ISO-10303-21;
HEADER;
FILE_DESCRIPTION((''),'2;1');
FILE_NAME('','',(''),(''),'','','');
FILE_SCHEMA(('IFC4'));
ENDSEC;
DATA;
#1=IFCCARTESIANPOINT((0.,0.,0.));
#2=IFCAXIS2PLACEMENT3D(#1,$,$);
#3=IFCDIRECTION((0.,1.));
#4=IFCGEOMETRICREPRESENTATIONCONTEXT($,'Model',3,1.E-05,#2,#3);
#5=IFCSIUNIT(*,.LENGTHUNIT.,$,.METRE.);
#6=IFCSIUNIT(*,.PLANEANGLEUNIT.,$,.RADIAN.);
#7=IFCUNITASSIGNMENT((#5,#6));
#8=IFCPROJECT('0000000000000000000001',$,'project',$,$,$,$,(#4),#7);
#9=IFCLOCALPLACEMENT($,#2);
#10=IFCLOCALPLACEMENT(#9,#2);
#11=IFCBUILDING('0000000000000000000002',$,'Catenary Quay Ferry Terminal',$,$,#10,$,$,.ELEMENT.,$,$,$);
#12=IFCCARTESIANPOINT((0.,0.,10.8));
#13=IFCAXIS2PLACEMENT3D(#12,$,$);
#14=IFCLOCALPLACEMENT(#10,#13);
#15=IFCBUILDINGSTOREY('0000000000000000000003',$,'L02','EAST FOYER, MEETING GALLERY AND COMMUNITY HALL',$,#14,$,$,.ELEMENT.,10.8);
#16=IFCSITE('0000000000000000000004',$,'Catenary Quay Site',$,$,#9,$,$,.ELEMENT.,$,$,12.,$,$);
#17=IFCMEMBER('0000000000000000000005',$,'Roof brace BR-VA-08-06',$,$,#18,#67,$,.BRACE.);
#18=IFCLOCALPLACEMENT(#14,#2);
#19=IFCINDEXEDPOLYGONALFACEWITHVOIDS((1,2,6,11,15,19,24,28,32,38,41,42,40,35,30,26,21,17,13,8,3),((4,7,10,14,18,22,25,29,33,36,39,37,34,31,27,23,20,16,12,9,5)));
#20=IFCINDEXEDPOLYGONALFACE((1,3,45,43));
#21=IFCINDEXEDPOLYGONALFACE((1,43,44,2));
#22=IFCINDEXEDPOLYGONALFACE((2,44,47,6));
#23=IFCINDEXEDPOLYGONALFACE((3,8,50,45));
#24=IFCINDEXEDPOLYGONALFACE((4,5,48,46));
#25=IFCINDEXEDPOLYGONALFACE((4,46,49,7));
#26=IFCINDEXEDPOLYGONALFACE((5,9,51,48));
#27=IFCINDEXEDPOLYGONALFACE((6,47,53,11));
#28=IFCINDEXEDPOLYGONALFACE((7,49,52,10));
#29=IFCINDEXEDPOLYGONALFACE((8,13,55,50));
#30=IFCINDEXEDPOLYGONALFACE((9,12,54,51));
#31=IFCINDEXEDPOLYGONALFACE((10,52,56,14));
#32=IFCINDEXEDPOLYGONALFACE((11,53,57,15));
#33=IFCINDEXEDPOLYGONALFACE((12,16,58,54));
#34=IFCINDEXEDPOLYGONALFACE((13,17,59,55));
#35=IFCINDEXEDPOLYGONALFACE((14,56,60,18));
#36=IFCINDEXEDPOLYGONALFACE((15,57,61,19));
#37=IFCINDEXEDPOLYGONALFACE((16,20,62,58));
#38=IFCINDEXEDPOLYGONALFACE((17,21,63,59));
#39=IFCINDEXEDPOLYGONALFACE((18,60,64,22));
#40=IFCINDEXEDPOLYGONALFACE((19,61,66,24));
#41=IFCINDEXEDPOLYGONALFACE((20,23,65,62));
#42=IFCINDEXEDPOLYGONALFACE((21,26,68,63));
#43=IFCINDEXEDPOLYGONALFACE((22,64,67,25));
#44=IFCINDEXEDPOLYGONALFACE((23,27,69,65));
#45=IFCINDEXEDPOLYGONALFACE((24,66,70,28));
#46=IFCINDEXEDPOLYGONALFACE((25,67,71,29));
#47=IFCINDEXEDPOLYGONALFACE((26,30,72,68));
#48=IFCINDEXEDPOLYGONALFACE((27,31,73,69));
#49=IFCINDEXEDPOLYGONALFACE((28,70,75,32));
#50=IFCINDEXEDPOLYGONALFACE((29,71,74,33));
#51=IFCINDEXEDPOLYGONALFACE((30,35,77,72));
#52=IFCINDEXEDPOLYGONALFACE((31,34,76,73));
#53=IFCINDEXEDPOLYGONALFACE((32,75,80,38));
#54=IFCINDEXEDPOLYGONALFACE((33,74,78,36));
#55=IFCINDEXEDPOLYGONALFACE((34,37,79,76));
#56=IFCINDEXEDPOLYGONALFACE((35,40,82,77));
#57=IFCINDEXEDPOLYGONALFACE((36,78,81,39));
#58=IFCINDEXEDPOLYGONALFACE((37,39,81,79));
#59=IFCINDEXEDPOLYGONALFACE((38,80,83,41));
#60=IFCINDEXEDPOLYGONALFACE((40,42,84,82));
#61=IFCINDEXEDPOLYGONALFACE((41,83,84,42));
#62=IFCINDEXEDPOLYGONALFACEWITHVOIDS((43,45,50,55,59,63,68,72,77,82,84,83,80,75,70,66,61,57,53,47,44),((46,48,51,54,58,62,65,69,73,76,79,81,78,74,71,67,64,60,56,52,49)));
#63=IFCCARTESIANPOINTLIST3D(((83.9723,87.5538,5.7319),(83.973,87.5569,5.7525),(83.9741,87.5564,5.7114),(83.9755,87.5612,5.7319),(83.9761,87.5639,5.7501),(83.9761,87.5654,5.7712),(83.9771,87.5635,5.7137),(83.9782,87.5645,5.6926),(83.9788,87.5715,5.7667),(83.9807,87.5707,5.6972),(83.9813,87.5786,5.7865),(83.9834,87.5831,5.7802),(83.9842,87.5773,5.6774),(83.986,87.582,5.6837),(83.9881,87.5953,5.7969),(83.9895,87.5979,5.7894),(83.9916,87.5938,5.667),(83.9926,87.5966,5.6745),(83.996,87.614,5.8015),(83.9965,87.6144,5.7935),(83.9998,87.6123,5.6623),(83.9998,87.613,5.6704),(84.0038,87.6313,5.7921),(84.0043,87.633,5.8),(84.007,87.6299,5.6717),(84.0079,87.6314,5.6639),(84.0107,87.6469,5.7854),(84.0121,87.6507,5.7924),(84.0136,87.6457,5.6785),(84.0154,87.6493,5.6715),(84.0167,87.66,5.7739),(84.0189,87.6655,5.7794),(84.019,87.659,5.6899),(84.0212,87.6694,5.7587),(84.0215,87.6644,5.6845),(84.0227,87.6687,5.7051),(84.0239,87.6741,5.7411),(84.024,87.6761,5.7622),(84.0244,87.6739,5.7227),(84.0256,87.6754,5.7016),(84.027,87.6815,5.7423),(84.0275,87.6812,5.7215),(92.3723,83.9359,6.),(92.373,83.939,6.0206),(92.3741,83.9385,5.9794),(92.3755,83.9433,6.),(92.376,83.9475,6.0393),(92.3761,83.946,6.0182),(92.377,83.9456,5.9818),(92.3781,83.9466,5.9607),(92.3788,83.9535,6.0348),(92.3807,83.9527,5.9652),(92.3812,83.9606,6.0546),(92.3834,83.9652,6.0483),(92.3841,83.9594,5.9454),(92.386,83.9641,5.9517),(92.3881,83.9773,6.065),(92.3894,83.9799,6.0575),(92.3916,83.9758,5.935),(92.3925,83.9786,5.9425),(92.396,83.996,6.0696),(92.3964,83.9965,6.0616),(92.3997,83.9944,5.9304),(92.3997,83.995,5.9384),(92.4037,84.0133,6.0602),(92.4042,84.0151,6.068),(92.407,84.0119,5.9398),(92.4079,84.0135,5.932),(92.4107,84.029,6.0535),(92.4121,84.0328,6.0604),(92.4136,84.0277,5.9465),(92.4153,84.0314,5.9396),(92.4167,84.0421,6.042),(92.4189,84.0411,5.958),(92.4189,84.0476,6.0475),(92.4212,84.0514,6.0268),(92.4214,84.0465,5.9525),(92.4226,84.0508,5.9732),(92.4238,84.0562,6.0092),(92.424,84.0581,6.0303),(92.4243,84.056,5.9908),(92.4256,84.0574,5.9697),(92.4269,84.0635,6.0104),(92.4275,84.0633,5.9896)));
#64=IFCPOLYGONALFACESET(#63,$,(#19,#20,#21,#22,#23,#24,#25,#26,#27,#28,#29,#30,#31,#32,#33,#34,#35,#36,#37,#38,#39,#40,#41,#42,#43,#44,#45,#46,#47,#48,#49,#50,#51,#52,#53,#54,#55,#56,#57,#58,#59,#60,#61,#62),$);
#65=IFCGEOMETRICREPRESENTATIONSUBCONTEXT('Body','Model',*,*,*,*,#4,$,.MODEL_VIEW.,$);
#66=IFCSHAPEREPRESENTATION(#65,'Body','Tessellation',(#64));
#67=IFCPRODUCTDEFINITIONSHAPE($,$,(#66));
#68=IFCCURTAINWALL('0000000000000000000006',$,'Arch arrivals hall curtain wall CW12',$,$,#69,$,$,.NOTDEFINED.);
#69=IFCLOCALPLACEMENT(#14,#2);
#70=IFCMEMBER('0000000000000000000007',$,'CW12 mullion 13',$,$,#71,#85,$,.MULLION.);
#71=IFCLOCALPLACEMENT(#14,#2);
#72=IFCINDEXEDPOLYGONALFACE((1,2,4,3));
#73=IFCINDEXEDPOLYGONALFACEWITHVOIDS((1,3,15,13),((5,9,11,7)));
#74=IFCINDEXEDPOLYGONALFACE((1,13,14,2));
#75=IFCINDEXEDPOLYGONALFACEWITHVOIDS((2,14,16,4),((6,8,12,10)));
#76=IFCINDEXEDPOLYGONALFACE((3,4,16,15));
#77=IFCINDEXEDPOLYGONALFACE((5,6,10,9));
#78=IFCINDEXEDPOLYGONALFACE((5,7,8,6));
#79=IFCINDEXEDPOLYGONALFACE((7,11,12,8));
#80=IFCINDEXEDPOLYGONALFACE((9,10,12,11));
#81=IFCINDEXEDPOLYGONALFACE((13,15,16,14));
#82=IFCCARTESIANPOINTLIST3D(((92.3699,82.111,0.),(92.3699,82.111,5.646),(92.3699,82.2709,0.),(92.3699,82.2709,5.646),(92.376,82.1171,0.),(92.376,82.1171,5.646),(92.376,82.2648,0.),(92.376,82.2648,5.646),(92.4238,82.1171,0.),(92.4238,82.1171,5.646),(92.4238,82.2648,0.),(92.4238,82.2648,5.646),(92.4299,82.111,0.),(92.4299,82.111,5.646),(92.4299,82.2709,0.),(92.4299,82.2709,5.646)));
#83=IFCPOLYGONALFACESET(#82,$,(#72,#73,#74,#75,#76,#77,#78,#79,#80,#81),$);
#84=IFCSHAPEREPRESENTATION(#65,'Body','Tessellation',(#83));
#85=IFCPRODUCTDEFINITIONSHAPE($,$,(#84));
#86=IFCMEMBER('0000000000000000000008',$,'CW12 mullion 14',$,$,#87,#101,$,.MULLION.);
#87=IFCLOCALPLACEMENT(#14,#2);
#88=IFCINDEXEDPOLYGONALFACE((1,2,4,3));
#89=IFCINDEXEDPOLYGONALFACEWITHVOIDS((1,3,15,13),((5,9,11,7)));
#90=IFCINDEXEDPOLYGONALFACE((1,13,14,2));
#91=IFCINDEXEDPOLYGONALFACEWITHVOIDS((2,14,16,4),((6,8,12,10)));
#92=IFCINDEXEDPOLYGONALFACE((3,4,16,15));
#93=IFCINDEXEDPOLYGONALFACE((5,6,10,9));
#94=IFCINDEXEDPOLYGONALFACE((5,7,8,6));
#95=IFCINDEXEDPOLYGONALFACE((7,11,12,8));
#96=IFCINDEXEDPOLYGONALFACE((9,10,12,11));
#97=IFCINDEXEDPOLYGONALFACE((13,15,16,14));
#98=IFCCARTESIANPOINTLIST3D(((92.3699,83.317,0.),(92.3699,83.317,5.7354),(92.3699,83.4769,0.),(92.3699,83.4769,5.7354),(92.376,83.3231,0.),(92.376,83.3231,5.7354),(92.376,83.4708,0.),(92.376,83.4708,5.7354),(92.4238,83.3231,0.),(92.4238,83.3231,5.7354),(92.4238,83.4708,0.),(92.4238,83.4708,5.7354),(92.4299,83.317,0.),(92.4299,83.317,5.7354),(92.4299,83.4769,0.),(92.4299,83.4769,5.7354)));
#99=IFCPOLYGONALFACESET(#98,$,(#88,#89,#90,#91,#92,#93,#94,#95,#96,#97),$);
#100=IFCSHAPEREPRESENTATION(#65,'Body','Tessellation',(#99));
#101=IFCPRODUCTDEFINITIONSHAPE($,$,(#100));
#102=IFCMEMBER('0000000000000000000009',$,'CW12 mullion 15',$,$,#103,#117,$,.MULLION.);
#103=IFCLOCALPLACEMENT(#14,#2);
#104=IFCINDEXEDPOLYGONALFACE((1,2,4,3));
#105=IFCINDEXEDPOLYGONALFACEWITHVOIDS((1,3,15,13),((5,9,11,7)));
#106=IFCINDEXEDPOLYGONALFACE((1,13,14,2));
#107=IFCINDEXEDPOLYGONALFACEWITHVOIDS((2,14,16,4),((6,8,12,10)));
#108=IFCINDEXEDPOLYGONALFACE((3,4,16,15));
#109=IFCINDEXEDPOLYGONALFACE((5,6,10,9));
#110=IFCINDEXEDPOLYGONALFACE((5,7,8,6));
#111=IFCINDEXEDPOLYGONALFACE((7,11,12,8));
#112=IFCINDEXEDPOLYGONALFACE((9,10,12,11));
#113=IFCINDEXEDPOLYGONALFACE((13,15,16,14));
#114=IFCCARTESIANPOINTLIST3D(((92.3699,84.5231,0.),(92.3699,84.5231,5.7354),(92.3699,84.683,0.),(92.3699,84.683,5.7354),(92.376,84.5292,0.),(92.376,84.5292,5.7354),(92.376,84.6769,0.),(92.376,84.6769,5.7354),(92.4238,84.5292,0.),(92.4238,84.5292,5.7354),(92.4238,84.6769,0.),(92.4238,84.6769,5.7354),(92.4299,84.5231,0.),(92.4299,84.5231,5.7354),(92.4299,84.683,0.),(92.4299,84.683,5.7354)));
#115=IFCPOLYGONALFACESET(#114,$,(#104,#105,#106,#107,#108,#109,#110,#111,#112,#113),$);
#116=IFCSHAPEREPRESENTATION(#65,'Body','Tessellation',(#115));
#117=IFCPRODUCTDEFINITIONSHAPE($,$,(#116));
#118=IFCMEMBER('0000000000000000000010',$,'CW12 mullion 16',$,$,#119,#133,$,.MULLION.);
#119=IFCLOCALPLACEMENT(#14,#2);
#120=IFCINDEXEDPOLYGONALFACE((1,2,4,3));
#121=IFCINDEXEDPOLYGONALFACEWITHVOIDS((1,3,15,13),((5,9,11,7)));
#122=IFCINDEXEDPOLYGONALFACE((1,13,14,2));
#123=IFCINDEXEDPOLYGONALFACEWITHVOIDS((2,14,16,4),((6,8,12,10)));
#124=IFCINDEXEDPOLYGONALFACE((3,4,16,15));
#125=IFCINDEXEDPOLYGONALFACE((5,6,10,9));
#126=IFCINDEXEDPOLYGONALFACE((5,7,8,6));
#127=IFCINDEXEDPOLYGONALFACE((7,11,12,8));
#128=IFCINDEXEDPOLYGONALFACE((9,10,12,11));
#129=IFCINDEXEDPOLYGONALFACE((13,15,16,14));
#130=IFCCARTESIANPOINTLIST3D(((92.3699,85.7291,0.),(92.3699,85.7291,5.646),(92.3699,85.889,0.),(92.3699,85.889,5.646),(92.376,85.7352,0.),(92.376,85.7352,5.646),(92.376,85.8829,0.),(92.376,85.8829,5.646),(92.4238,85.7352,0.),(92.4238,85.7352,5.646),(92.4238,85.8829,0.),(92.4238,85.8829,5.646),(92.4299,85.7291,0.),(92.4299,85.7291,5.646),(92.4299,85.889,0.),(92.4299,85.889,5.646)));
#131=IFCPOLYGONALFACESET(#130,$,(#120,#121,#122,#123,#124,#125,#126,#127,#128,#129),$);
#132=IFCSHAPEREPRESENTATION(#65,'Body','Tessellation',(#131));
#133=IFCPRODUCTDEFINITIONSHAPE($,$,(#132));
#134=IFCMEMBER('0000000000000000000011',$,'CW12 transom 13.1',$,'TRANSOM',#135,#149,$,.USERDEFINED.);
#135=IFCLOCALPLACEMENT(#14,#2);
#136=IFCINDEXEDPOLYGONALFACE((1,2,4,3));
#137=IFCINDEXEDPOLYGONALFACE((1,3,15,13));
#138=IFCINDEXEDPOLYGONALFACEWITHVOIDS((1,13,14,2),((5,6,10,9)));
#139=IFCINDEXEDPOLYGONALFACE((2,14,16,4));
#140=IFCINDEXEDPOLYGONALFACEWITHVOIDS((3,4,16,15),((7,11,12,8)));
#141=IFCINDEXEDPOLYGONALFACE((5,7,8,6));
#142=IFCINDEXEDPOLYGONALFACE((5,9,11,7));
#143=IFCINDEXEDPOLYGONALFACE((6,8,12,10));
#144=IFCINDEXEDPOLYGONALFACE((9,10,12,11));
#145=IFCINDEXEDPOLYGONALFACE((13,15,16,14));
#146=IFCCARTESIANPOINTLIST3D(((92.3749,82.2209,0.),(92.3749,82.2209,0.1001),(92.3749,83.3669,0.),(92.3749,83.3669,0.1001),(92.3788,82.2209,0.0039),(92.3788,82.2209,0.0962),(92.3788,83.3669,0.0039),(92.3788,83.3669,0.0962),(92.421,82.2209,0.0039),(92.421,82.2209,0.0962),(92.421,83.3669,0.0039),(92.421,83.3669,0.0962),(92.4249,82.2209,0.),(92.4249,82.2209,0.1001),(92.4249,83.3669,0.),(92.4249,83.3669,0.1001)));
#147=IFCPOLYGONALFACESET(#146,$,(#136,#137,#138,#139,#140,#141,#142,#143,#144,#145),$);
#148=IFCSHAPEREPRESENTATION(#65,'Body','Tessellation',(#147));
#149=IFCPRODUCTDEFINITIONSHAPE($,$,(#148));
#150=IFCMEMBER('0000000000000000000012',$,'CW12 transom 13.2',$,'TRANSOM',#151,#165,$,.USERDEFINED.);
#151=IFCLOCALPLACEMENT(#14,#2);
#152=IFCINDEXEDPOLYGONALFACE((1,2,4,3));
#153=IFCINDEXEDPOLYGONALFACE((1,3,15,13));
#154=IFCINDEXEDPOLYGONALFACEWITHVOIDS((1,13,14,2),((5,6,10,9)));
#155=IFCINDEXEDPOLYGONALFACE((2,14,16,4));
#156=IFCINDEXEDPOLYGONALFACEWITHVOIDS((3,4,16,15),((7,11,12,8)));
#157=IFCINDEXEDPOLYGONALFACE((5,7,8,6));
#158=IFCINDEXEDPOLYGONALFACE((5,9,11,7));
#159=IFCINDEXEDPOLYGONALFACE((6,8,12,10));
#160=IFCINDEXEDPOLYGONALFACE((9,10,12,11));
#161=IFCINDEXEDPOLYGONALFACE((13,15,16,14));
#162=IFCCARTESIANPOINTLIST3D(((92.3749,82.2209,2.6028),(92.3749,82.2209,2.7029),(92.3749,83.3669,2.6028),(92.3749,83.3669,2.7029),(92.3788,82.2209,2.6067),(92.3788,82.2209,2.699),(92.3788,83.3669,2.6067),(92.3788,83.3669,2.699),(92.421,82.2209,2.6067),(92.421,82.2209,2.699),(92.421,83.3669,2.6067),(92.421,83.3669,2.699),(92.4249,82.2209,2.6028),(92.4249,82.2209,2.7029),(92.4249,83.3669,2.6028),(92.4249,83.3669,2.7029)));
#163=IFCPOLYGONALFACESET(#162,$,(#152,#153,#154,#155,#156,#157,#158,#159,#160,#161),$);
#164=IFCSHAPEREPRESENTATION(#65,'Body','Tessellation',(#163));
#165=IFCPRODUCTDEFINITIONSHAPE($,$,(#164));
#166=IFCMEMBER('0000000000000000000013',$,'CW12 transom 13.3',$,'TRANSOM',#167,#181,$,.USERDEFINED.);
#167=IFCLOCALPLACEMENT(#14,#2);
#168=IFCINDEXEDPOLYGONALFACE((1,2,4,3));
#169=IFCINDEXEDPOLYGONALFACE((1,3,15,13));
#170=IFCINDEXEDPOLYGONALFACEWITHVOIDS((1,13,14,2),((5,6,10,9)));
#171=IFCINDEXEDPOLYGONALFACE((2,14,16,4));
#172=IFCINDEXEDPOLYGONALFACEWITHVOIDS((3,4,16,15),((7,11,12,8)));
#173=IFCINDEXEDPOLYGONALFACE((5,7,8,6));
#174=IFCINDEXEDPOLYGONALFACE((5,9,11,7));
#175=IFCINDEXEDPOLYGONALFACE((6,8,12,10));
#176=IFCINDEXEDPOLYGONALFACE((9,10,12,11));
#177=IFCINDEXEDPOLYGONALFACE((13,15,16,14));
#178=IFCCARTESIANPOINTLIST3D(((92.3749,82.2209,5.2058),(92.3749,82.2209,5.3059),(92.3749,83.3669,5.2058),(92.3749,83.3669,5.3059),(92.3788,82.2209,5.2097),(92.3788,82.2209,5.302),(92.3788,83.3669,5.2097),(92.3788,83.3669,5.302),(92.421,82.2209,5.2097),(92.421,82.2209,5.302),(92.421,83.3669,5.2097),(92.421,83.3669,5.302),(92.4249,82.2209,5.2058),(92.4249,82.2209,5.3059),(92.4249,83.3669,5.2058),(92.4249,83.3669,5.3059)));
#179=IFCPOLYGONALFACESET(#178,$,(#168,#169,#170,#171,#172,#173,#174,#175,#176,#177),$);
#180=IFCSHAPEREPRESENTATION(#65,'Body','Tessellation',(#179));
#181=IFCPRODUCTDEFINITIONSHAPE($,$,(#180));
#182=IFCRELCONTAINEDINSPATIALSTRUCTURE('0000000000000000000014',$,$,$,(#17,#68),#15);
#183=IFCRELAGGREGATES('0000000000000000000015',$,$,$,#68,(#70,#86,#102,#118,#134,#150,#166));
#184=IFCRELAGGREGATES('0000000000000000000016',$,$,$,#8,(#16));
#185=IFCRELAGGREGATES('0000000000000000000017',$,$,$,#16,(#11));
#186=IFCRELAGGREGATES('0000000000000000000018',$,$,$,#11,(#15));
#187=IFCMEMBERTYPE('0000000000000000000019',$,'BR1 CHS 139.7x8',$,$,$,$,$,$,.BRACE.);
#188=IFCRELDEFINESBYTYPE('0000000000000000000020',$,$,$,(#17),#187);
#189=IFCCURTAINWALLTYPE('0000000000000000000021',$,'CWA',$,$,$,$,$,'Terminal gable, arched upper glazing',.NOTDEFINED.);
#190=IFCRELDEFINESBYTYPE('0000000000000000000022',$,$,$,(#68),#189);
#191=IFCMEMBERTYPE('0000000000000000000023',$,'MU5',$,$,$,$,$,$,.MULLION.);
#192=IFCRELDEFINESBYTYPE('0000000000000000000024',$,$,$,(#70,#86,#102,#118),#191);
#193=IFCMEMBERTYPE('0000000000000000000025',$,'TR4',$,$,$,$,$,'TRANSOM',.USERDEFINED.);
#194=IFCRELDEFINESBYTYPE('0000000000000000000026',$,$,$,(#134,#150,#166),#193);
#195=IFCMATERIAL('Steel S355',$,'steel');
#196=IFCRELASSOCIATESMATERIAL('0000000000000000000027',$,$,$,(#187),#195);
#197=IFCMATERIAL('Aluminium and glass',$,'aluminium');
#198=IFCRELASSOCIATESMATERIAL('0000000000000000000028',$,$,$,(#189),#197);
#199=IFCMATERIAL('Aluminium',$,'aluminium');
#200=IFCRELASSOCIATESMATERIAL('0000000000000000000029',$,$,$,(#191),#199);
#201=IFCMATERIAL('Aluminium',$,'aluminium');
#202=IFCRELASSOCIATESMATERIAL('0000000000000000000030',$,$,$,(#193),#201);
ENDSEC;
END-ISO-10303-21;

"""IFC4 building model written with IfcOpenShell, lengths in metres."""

from ifc_helpers import new_model, si_unit, direction, frame, origin, origin_2d, place, context, subcontext, project, spatial, hollow_rectangle, hollow_circle, extrude, material, material_profile, profile_set, type_object, element, aggregate, save


model = new_model("IFC4")

# Units and contexts
model_context = context("Model", 3, precision=1e-05, world=origin(), true_north=direction((0.0, 1.0)))
body_context = subcontext(model_context, "Body", "Model", "MODEL_VIEW")
ifc_project = project(units=[si_unit("LENGTHUNIT", "METRE"), si_unit("PLANEANGLEUNIT", "RADIAN")], contexts=[model_context])

# Site, building, storey
site_placement = place(None, origin())
site = spatial("IfcSite", under=ifc_project, at=site_placement, Name="Catenary Quay Site", CompositionType="ELEMENT", RefElevation=12.0)
building_placement = place(site_placement, origin())
building = spatial("IfcBuilding", under=site, at=building_placement, Name="Catenary Quay Ferry Terminal", CompositionType="ELEMENT")
storey_placement = place(building_placement, frame((0.0, 0.0, 10.8)))
storey = spatial("IfcBuildingStorey", under=building, at=storey_placement, Name="L02", Description="EAST FOYER, MEETING GALLERY AND COMMUNITY HALL", CompositionType="ELEMENT", Elevation=10.8)

# Member
ifc_material_1 = material(Name="Steel S355", Category="steel")
ifc_material_profile_1 = material_profile(ifc_material_1, hollow_circle(Radius=0.0698, WallThickness=0.0081, at=origin_2d()), Name="CHS 139.7x8")
ifc_profile_set_1 = profile_set([ifc_material_profile_1], Name="Steel S355")
member_type_1 = type_object("IfcMemberType", Name="BR1 CHS 139.7x8", PredefinedType="BRACE", material=ifc_profile_set_1)
member_1_placement = place(storey_placement, frame((92.3999, 84.0, 6.0), z_axis=(-0.918038, 0.395408, -0.029297), x_axis=(-0.395578, -0.918432, 0.0)))
element("IfcMember", 1, at=member_1_placement, inside=storey, type_object=member_type_1, Name="Roof brace BR-VA-08-06", PredefinedType="BRACE", context=body_context, shape_type="SweptSolid", body=[
    extrude(hollow_circle(Radius=0.0698, WallThickness=0.0081, at=origin_2d()), origin(), (0.0, 0.0, 1.0), 9.1499),
])

# Curtain wall, members
ifc_material_2 = material(Name="Aluminium and glass", Category="aluminium")
curtain_wall_type = type_object("IfcCurtainWallType", Name="CWA", ElementType="Terminal gable, arched upper glazing", PredefinedType="NOTDEFINED", material=ifc_material_2)
curtain_wall_placement = place(storey_placement, origin())
curtain_wall = element("IfcCurtainWall", 2, at=curtain_wall_placement, inside=storey, type_object=curtain_wall_type, Name="Arch arrivals hall curtain wall CW12", PredefinedType="NOTDEFINED")
ifc_material_3 = material(Name="Aluminium", Category="aluminium")
ifc_material_profile_2 = material_profile(ifc_material_3, hollow_rectangle(XDim=0.0601, YDim=0.1599, WallThickness=0.0061, at=origin_2d()), Name="MU5")
ifc_profile_set_2 = profile_set([ifc_material_profile_2], Name="Aluminium")
member_type_2 = type_object("IfcMemberType", Name="MU5", PredefinedType="MULLION", material=ifc_profile_set_2)
member_2_placement = place(storey_placement, frame((92.3999, 82.1909, 0.0), z_axis=(0.0, 0.0, 1.0), x_axis=(-1.0, 0.0, 0.0)))
member_2 = element("IfcMember", 3, at=member_2_placement, type_object=member_type_2, Name="CW12 mullion 13", PredefinedType="MULLION", context=body_context, shape_type="SweptSolid", body=[
    extrude(hollow_rectangle(XDim=0.0601, YDim=0.1599, WallThickness=0.0061, at=origin_2d()), origin(), (0.0, 0.0, 1.0), 5.646),
])
member_3_placement = place(storey_placement, frame((92.3999, 83.397, 0.0), z_axis=(0.0, 0.0, 1.0), x_axis=(-1.0, 0.0, 0.0)))
member_3 = element("IfcMember", 4, at=member_3_placement, type_object=member_type_2, Name="CW12 mullion 14", PredefinedType="MULLION", context=body_context, shape_type="SweptSolid", body=[
    extrude(hollow_rectangle(XDim=0.0601, YDim=0.1599, WallThickness=0.0061, at=origin_2d()), origin(), (0.0, 0.0, 1.0), 5.7354),
])
member_4_placement = place(storey_placement, frame((92.3999, 84.603, 0.0), z_axis=(0.0, 0.0, 1.0), x_axis=(-1.0, 0.0, 0.0)))
member_4 = element("IfcMember", 5, at=member_4_placement, type_object=member_type_2, Name="CW12 mullion 15", PredefinedType="MULLION", context=body_context, shape_type="SweptSolid", body=[
    extrude(hollow_rectangle(XDim=0.0601, YDim=0.1599, WallThickness=0.0061, at=origin_2d()), origin(), (0.0, 0.0, 1.0), 5.7354),
])
member_5_placement = place(storey_placement, frame((92.3999, 85.8091, 0.0), z_axis=(0.0, 0.0, 1.0), x_axis=(-1.0, 0.0, 0.0)))
member_5 = element("IfcMember", 6, at=member_5_placement, type_object=member_type_2, Name="CW12 mullion 16", PredefinedType="MULLION", context=body_context, shape_type="SweptSolid", body=[
    extrude(hollow_rectangle(XDim=0.0601, YDim=0.1599, WallThickness=0.0061, at=origin_2d()), origin(), (0.0, 0.0, 1.0), 5.646),
])
ifc_material_4 = material(Name="Aluminium", Category="aluminium")
ifc_material_profile_3 = material_profile(ifc_material_4, hollow_rectangle(XDim=0.05, YDim=0.1001, WallThickness=0.0039, at=origin_2d()), Name="TR4")
ifc_profile_set_3 = profile_set([ifc_material_profile_3], Name="Aluminium")
member_type_3 = type_object("IfcMemberType", Name="TR4", ElementType="TRANSOM", PredefinedType="USERDEFINED", material=ifc_profile_set_3)
member_6_placement = place(storey_placement, frame((92.3999, 82.2209, 0.05), z_axis=(0.0, 1.0, 0.0), x_axis=(-1.0, 0.0, 0.0)))
member_6 = element("IfcMember", 7, at=member_6_placement, type_object=member_type_3, Name="CW12 transom 13.1", ObjectType="TRANSOM", PredefinedType="USERDEFINED", context=body_context, shape_type="SweptSolid", body=[
    extrude(hollow_rectangle(XDim=0.05, YDim=0.1001, WallThickness=0.0039, at=origin_2d()), origin(), (0.0, 0.0, 1.0), 1.146),
])
member_7_placement = place(storey_placement, frame((92.3999, 82.2209, 2.6528), z_axis=(0.0, 1.0, 0.0), x_axis=(-1.0, 0.0, 0.0)))
member_7 = element("IfcMember", 8, at=member_7_placement, type_object=member_type_3, Name="CW12 transom 13.2", ObjectType="TRANSOM", PredefinedType="USERDEFINED", context=body_context, shape_type="SweptSolid", body=[
    extrude(hollow_rectangle(XDim=0.05, YDim=0.1001, WallThickness=0.0039, at=origin_2d()), origin(), (0.0, 0.0, 1.0), 1.146),
])
member_8_placement = place(storey_placement, frame((92.3999, 82.2209, 5.2559), z_axis=(0.0, 1.0, 0.0), x_axis=(-1.0, 0.0, 0.0)))
member_8 = element("IfcMember", 9, at=member_8_placement, type_object=member_type_3, Name="CW12 transom 13.3", ObjectType="TRANSOM", PredefinedType="USERDEFINED", context=body_context, shape_type="SweptSolid", body=[
    extrude(hollow_rectangle(XDim=0.05, YDim=0.1001, WallThickness=0.0039, at=origin_2d()), origin(), (0.0, 0.0, 1.0), 1.146),
])

aggregate(curtain_wall, [member_2, member_3, member_4, member_5, member_6, member_7, member_8])

save(model, "model.ifc")
